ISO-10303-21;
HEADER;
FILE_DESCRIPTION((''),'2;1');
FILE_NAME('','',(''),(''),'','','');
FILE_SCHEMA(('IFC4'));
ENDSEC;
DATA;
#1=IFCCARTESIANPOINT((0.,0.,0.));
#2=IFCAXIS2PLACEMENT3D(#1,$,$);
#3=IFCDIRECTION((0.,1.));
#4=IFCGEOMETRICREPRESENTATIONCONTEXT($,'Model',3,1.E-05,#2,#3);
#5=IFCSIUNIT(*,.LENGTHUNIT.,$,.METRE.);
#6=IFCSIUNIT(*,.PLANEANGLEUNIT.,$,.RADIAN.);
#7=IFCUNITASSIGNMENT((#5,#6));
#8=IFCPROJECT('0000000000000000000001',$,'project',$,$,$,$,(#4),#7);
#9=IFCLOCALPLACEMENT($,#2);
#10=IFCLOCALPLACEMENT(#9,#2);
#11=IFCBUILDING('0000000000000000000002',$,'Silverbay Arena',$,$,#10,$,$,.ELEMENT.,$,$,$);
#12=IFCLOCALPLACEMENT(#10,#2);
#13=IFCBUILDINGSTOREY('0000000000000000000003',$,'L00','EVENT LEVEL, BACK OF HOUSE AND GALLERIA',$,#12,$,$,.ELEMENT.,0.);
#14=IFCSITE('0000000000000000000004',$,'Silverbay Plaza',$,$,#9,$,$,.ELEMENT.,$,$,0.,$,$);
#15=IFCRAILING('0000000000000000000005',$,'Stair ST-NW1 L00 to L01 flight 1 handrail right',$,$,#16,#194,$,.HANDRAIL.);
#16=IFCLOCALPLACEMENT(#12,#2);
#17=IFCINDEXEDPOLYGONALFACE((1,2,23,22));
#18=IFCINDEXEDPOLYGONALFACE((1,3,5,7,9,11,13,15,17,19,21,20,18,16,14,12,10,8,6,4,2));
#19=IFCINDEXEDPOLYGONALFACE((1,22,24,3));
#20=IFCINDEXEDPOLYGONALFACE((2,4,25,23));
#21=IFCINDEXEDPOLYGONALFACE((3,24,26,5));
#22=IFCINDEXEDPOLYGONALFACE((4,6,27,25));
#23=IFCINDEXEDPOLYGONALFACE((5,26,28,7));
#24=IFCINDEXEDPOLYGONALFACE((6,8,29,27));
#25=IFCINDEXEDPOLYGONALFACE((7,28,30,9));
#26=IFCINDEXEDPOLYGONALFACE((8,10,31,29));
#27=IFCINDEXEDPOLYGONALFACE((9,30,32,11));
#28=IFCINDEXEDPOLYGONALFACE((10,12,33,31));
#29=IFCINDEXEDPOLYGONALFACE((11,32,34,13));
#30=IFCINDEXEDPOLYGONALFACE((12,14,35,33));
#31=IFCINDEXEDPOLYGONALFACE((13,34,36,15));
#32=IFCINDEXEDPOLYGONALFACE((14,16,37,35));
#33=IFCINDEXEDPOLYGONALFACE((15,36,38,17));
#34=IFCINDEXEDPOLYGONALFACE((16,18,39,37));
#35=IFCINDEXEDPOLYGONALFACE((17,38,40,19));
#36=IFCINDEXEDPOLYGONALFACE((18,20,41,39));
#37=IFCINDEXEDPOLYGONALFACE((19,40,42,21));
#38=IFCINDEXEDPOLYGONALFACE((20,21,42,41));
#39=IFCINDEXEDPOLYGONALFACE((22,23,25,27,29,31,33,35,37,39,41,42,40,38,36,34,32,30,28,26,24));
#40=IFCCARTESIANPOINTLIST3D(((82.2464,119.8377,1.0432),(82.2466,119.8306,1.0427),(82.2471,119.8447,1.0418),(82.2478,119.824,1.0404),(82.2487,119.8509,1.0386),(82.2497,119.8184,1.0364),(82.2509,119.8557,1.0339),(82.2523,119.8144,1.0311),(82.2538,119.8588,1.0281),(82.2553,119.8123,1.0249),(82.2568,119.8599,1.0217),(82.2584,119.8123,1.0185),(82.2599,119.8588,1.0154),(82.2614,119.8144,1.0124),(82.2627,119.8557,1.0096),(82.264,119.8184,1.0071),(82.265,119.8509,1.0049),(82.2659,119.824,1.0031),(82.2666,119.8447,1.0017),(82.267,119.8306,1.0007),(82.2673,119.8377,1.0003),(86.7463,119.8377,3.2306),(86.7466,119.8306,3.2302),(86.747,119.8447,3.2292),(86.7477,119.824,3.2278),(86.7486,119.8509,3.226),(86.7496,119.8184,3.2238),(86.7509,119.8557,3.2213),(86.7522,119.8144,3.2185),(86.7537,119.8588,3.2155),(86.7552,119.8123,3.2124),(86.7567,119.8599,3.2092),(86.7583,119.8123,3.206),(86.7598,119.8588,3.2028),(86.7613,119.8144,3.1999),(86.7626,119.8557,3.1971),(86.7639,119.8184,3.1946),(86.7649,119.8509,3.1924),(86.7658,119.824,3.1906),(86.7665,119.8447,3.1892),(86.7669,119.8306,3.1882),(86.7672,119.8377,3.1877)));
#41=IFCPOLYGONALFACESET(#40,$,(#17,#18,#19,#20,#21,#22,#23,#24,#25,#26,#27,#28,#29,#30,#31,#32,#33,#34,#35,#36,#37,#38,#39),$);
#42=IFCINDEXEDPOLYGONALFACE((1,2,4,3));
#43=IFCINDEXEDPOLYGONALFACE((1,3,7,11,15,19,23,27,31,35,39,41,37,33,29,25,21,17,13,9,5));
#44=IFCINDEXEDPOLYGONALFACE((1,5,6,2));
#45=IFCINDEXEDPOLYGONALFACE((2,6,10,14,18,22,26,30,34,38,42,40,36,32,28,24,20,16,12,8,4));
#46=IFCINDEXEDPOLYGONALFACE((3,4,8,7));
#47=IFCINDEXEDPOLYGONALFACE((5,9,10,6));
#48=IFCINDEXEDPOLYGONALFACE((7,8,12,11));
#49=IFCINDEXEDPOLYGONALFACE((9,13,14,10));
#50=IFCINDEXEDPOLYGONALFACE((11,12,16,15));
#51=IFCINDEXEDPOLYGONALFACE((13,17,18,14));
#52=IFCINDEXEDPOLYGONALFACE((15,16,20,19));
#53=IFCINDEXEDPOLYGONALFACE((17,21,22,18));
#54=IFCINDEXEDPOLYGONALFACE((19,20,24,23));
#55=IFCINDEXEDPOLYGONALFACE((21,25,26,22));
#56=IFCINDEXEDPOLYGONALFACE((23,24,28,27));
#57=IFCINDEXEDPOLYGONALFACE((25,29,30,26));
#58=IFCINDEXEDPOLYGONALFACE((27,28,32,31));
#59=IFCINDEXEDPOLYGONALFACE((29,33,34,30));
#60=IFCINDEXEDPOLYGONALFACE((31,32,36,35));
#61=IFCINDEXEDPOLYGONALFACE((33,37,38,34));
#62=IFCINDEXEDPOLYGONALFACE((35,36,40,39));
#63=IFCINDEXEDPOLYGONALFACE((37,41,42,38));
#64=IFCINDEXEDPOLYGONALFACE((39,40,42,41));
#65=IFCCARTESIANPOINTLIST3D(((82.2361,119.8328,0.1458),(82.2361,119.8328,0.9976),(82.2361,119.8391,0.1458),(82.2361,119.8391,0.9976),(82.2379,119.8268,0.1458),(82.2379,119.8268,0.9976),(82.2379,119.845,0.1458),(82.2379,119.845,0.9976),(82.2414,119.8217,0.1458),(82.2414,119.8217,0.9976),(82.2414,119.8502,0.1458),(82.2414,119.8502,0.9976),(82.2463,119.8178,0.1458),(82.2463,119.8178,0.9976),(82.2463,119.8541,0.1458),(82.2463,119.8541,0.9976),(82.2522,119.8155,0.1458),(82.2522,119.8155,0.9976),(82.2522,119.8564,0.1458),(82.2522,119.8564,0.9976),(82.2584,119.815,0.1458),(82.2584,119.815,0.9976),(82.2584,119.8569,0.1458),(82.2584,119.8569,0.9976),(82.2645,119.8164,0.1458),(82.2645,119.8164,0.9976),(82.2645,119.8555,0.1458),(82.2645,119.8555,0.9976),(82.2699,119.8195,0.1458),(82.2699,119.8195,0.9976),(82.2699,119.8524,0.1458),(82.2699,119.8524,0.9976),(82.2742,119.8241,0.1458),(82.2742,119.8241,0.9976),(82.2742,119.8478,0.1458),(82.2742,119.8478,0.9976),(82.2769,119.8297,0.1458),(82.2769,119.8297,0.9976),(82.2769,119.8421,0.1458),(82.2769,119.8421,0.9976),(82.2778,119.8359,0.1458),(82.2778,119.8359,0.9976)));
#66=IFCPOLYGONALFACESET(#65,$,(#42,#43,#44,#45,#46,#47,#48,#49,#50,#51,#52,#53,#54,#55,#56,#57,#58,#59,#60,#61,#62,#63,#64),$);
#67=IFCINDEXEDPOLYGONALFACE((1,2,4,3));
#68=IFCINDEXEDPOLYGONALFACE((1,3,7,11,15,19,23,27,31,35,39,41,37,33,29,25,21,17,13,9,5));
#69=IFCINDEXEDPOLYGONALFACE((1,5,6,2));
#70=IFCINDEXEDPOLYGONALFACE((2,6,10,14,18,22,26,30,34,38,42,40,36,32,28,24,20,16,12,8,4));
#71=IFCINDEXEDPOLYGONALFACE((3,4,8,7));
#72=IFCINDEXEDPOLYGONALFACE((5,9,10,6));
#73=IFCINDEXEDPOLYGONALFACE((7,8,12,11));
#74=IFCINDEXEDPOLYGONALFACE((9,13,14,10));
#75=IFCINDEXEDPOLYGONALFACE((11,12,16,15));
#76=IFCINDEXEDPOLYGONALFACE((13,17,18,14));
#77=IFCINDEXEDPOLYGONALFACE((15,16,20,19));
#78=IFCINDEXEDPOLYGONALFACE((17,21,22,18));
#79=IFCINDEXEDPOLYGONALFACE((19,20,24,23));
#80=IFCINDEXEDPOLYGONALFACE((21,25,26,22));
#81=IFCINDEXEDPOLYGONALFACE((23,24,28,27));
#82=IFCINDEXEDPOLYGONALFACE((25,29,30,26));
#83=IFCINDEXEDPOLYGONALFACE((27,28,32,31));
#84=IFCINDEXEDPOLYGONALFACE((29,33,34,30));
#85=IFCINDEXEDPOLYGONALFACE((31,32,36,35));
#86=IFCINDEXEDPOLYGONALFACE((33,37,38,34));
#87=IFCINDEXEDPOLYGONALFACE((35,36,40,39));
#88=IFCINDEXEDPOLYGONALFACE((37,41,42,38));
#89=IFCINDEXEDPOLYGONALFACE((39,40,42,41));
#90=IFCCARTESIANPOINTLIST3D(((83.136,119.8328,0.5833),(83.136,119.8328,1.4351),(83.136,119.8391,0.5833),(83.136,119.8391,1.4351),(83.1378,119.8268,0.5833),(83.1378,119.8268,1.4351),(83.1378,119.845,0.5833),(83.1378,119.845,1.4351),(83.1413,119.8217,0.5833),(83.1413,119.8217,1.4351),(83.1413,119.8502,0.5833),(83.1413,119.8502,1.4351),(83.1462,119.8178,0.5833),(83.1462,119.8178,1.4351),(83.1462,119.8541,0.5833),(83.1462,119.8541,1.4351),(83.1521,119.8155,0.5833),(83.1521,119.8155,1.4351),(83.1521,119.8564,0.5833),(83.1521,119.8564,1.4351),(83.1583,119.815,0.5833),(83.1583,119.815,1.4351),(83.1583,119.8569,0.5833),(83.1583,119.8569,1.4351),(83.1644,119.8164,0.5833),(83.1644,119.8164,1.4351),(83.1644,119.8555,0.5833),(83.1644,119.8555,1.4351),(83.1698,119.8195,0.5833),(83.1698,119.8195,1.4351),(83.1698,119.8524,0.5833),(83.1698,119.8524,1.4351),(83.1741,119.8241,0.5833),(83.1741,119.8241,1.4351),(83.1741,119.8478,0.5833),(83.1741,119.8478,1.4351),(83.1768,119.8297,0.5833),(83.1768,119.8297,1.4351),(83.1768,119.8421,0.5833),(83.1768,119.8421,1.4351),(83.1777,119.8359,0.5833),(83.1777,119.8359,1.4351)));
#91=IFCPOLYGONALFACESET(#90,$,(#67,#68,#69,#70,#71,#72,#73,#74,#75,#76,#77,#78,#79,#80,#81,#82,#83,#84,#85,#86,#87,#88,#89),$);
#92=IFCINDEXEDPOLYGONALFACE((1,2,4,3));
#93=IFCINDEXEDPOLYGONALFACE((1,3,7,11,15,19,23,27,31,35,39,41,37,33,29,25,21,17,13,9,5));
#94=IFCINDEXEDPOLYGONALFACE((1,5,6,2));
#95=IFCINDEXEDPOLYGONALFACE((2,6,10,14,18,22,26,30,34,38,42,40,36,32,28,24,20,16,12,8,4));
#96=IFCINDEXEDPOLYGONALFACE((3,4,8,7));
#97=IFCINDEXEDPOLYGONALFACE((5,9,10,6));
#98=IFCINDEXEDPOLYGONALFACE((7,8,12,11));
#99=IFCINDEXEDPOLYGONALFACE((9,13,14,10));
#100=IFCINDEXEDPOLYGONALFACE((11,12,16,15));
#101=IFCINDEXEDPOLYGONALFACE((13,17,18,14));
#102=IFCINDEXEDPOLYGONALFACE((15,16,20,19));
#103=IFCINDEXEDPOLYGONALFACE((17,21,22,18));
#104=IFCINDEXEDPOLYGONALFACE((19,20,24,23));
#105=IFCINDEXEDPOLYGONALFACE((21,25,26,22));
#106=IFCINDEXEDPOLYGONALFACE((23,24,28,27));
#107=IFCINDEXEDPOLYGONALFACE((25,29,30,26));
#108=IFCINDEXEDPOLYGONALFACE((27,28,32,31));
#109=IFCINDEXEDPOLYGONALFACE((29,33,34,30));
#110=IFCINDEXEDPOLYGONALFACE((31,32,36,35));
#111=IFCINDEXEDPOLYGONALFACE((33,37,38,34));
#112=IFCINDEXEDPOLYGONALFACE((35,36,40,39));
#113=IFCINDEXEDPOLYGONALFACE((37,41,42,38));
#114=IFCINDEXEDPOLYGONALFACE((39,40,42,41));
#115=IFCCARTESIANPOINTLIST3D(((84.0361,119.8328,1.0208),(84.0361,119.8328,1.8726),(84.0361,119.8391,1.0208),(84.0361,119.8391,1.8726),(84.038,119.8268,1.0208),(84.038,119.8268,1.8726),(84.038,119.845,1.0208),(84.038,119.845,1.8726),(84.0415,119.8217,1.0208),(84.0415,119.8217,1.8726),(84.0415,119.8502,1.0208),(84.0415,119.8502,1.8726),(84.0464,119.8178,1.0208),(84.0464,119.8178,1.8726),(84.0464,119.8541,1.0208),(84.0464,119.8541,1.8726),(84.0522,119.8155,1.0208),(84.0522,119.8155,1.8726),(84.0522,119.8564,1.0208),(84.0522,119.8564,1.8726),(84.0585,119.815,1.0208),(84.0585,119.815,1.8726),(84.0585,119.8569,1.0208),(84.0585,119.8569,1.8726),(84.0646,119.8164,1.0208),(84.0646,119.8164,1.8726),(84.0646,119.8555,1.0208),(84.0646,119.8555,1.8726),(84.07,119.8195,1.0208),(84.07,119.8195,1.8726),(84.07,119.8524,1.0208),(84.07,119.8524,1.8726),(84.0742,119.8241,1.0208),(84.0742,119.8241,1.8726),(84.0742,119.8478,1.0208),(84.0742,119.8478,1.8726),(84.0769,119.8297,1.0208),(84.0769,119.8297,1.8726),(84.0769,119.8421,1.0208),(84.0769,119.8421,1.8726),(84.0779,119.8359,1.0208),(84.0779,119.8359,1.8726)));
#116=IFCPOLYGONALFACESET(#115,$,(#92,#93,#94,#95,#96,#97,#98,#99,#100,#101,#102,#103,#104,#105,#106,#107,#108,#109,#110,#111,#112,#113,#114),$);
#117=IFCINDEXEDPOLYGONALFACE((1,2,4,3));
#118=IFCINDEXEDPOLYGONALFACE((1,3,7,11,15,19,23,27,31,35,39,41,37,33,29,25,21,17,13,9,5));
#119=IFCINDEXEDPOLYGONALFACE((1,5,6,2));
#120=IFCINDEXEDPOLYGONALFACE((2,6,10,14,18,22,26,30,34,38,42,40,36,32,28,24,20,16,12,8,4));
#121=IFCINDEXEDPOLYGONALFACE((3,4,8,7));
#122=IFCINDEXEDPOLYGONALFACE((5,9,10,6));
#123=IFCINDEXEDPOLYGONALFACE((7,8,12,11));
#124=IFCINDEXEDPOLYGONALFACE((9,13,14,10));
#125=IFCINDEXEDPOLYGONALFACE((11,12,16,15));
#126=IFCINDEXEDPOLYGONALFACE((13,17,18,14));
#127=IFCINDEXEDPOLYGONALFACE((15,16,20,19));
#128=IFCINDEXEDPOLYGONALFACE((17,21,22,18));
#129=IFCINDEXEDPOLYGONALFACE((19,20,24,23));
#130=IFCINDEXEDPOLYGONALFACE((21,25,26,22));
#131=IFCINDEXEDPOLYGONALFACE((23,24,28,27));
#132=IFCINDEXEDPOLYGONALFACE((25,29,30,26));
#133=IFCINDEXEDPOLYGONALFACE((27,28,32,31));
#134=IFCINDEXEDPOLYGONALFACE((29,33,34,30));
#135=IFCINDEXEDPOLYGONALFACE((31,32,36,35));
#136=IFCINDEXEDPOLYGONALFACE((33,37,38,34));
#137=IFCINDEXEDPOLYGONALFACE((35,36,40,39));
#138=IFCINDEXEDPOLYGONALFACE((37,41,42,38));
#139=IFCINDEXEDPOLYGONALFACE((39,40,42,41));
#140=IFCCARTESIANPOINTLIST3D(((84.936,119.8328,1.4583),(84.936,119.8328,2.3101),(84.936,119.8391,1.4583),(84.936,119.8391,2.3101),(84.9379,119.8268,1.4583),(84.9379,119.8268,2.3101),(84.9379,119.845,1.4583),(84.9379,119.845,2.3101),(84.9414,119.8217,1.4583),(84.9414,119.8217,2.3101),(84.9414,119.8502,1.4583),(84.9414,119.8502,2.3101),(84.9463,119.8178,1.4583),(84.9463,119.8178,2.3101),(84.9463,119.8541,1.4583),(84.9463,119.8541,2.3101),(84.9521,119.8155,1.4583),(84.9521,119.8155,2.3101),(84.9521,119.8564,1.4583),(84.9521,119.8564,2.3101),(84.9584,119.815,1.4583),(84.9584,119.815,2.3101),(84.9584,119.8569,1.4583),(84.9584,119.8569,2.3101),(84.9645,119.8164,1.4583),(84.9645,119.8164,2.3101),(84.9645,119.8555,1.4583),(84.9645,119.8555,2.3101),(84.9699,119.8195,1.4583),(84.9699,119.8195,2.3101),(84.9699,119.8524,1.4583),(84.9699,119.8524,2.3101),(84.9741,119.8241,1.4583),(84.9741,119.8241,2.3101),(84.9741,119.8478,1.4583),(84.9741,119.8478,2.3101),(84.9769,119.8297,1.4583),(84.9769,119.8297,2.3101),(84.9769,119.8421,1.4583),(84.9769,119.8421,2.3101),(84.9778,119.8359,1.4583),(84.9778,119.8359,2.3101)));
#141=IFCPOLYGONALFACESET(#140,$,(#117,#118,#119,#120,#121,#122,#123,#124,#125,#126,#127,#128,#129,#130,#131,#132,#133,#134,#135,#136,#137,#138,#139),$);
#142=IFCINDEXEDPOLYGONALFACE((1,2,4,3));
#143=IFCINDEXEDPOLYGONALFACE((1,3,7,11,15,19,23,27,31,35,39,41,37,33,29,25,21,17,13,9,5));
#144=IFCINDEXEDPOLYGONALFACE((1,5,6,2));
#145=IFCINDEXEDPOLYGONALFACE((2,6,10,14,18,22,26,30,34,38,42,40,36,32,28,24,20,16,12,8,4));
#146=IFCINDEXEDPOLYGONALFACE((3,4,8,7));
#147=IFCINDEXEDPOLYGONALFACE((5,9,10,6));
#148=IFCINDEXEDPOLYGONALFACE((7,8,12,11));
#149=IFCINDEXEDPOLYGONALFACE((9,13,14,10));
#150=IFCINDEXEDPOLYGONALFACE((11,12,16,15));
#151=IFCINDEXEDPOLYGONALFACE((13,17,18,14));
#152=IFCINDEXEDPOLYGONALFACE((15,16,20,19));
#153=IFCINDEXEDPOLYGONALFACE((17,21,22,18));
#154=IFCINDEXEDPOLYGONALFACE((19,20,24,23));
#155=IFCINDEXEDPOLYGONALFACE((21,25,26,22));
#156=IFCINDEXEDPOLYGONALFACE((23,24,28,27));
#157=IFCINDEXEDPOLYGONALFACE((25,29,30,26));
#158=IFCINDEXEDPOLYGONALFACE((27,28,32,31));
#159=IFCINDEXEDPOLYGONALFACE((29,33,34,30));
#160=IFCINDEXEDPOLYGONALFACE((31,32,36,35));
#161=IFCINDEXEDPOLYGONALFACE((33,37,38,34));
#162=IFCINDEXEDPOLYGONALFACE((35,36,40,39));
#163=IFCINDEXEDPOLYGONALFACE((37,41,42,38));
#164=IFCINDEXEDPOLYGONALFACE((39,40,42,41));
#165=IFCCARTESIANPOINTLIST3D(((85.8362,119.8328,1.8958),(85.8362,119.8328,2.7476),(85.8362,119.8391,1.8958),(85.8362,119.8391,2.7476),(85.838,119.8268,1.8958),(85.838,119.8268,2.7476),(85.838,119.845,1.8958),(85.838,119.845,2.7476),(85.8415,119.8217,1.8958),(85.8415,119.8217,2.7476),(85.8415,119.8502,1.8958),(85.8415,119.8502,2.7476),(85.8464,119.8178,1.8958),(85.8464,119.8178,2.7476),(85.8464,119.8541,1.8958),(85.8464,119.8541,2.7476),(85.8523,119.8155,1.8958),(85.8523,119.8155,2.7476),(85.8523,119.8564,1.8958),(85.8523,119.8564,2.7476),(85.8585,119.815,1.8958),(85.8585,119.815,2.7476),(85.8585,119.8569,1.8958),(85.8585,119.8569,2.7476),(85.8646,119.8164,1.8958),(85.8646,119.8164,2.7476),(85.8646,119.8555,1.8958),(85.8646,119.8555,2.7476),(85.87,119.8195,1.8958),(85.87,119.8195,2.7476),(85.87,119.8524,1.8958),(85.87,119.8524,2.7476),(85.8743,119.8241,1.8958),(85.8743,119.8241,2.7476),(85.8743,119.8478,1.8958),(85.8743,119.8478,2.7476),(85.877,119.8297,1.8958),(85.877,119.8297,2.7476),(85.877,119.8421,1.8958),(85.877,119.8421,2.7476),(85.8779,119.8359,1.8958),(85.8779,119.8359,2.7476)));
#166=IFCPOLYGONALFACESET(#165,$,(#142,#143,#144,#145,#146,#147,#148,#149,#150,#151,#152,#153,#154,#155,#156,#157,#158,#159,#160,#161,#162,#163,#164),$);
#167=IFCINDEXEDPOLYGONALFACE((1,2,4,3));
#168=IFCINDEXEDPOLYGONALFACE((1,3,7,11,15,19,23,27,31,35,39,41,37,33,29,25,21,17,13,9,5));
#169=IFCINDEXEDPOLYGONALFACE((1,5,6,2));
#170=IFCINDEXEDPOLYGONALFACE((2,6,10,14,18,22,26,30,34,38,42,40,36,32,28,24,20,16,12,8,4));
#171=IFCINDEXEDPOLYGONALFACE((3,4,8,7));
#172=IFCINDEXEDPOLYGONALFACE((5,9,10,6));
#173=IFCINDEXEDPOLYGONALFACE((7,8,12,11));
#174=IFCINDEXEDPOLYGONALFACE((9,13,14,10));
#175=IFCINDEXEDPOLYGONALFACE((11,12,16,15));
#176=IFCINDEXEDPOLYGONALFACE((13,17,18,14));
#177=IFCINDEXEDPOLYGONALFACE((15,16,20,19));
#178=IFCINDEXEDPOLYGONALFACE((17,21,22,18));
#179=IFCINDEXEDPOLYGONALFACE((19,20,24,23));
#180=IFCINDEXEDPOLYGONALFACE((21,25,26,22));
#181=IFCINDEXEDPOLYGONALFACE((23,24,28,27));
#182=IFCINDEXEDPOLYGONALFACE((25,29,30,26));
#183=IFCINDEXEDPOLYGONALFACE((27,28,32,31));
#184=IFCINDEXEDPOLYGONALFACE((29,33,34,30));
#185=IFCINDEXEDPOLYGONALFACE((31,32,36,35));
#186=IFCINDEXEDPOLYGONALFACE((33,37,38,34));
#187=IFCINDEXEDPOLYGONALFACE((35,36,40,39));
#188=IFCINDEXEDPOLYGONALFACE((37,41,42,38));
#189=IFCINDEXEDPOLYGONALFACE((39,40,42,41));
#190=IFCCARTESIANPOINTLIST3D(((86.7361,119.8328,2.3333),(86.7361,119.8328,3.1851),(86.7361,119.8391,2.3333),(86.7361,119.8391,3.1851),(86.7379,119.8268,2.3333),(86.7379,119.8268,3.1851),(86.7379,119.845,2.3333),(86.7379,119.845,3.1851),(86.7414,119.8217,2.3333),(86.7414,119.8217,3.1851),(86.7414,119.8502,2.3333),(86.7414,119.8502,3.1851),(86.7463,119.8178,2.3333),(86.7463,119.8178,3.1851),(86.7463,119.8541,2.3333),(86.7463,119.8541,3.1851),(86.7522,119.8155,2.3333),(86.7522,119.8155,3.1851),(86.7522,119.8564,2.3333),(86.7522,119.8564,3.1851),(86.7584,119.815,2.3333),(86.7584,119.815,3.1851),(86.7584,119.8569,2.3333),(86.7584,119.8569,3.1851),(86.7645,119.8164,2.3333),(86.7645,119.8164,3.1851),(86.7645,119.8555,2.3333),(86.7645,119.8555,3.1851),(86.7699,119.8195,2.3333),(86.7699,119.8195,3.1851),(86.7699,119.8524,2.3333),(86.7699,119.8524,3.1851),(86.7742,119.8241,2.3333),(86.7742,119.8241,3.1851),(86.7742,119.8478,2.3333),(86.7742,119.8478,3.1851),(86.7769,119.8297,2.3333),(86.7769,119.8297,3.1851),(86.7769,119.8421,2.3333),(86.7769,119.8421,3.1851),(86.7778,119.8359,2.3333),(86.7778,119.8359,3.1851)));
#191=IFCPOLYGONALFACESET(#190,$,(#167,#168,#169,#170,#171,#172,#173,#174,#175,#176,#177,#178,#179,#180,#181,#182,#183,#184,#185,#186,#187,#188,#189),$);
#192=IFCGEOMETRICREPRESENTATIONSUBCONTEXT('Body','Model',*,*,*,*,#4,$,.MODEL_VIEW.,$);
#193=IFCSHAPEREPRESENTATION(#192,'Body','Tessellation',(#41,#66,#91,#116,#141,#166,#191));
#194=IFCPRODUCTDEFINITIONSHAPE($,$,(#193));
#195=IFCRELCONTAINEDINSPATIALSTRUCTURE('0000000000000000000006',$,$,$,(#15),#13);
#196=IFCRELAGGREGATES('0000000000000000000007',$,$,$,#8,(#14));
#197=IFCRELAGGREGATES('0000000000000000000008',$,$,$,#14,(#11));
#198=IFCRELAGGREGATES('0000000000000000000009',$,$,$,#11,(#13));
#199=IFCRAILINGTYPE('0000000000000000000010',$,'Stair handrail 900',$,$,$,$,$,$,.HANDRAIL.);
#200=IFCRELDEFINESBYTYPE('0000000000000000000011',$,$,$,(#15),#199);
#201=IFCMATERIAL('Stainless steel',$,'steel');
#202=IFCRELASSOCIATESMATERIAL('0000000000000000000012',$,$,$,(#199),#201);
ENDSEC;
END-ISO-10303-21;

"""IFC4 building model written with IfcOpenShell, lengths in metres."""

from ifc_helpers import new_model, si_unit, direction, frame, origin, origin_2d, place, context, subcontext, project, spatial, circle, extrude, material, type_object, element, save


model = new_model("IFC4")

# Units and contexts
model_context = context("Model", 3, precision=1e-05, world=origin(), true_north=direction((0.0, 1.0)))
body_context = subcontext(model_context, "Body", "Model", "MODEL_VIEW")
ifc_project = project(units=[si_unit("LENGTHUNIT", "METRE"), si_unit("PLANEANGLEUNIT", "RADIAN")], contexts=[model_context])

# Site, building, storey
site_placement = place(None, origin())
site = spatial("IfcSite", under=ifc_project, at=site_placement, Name="Silverbay Plaza", CompositionType="ELEMENT", RefElevation=0.0)
building_placement = place(site_placement, origin())
building = spatial("IfcBuilding", under=site, at=building_placement, Name="Silverbay Arena", CompositionType="ELEMENT")
storey_placement = place(building_placement, origin())
storey = spatial("IfcBuildingStorey", under=building, at=storey_placement, Name="L00", Description="EVENT LEVEL, BACK OF HOUSE AND GALLERIA", CompositionType="ELEMENT", Elevation=0.0)

# Railing
ifc_material_1 = material(Name="Stainless steel", Category="steel")
railing_type_1 = type_object("IfcRailingType", Name="Stair handrail 900", PredefinedType="HANDRAIL", material=ifc_material_1)
railing_1_placement = place(storey_placement, frame((82.2568, 119.8359, 0.1458)))
element("IfcRailing", 1, at=railing_1_placement, inside=storey, type_object=railing_type_1, Name="Stair ST-NW1 L00 to L01 flight 1 handrail right", PredefinedType="HANDRAIL", context=body_context, shape_type="SweptSolid", body=[
    extrude(circle(Radius=0.0239, at=origin_2d()), frame((0.0, 0.0, 0.876), z_axis=(0.899368, 0.0, 0.437193), x_axis=(0.0, 1.0, 0.0)), (0.0, 0.0, 1.0), 5.0034),
    extrude(circle(Radius=0.021, at=origin_2d()), origin(), (0.0, 0.0, 1.0), 0.8518),
    extrude(circle(Radius=0.021, at=origin_2d()), frame((0.8999, 0.0, 0.4375)), (0.0, 0.0, 1.0), 0.8518),
    extrude(circle(Radius=0.021, at=origin_2d()), frame((1.8, 0.0, 0.875)), (0.0, 0.0, 1.0), 0.8518),
    extrude(circle(Radius=0.021, at=origin_2d()), frame((2.7, 0.0, 1.3125)), (0.0, 0.0, 1.0), 0.8518),
    extrude(circle(Radius=0.021, at=origin_2d()), frame((3.6001, 0.0, 1.75)), (0.0, 0.0, 1.0), 0.8518),
    extrude(circle(Radius=0.021, at=origin_2d()), frame((4.5, 0.0, 2.1875)), (0.0, 0.0, 1.0), 0.8518),
])

save(model, "model.ifc")
